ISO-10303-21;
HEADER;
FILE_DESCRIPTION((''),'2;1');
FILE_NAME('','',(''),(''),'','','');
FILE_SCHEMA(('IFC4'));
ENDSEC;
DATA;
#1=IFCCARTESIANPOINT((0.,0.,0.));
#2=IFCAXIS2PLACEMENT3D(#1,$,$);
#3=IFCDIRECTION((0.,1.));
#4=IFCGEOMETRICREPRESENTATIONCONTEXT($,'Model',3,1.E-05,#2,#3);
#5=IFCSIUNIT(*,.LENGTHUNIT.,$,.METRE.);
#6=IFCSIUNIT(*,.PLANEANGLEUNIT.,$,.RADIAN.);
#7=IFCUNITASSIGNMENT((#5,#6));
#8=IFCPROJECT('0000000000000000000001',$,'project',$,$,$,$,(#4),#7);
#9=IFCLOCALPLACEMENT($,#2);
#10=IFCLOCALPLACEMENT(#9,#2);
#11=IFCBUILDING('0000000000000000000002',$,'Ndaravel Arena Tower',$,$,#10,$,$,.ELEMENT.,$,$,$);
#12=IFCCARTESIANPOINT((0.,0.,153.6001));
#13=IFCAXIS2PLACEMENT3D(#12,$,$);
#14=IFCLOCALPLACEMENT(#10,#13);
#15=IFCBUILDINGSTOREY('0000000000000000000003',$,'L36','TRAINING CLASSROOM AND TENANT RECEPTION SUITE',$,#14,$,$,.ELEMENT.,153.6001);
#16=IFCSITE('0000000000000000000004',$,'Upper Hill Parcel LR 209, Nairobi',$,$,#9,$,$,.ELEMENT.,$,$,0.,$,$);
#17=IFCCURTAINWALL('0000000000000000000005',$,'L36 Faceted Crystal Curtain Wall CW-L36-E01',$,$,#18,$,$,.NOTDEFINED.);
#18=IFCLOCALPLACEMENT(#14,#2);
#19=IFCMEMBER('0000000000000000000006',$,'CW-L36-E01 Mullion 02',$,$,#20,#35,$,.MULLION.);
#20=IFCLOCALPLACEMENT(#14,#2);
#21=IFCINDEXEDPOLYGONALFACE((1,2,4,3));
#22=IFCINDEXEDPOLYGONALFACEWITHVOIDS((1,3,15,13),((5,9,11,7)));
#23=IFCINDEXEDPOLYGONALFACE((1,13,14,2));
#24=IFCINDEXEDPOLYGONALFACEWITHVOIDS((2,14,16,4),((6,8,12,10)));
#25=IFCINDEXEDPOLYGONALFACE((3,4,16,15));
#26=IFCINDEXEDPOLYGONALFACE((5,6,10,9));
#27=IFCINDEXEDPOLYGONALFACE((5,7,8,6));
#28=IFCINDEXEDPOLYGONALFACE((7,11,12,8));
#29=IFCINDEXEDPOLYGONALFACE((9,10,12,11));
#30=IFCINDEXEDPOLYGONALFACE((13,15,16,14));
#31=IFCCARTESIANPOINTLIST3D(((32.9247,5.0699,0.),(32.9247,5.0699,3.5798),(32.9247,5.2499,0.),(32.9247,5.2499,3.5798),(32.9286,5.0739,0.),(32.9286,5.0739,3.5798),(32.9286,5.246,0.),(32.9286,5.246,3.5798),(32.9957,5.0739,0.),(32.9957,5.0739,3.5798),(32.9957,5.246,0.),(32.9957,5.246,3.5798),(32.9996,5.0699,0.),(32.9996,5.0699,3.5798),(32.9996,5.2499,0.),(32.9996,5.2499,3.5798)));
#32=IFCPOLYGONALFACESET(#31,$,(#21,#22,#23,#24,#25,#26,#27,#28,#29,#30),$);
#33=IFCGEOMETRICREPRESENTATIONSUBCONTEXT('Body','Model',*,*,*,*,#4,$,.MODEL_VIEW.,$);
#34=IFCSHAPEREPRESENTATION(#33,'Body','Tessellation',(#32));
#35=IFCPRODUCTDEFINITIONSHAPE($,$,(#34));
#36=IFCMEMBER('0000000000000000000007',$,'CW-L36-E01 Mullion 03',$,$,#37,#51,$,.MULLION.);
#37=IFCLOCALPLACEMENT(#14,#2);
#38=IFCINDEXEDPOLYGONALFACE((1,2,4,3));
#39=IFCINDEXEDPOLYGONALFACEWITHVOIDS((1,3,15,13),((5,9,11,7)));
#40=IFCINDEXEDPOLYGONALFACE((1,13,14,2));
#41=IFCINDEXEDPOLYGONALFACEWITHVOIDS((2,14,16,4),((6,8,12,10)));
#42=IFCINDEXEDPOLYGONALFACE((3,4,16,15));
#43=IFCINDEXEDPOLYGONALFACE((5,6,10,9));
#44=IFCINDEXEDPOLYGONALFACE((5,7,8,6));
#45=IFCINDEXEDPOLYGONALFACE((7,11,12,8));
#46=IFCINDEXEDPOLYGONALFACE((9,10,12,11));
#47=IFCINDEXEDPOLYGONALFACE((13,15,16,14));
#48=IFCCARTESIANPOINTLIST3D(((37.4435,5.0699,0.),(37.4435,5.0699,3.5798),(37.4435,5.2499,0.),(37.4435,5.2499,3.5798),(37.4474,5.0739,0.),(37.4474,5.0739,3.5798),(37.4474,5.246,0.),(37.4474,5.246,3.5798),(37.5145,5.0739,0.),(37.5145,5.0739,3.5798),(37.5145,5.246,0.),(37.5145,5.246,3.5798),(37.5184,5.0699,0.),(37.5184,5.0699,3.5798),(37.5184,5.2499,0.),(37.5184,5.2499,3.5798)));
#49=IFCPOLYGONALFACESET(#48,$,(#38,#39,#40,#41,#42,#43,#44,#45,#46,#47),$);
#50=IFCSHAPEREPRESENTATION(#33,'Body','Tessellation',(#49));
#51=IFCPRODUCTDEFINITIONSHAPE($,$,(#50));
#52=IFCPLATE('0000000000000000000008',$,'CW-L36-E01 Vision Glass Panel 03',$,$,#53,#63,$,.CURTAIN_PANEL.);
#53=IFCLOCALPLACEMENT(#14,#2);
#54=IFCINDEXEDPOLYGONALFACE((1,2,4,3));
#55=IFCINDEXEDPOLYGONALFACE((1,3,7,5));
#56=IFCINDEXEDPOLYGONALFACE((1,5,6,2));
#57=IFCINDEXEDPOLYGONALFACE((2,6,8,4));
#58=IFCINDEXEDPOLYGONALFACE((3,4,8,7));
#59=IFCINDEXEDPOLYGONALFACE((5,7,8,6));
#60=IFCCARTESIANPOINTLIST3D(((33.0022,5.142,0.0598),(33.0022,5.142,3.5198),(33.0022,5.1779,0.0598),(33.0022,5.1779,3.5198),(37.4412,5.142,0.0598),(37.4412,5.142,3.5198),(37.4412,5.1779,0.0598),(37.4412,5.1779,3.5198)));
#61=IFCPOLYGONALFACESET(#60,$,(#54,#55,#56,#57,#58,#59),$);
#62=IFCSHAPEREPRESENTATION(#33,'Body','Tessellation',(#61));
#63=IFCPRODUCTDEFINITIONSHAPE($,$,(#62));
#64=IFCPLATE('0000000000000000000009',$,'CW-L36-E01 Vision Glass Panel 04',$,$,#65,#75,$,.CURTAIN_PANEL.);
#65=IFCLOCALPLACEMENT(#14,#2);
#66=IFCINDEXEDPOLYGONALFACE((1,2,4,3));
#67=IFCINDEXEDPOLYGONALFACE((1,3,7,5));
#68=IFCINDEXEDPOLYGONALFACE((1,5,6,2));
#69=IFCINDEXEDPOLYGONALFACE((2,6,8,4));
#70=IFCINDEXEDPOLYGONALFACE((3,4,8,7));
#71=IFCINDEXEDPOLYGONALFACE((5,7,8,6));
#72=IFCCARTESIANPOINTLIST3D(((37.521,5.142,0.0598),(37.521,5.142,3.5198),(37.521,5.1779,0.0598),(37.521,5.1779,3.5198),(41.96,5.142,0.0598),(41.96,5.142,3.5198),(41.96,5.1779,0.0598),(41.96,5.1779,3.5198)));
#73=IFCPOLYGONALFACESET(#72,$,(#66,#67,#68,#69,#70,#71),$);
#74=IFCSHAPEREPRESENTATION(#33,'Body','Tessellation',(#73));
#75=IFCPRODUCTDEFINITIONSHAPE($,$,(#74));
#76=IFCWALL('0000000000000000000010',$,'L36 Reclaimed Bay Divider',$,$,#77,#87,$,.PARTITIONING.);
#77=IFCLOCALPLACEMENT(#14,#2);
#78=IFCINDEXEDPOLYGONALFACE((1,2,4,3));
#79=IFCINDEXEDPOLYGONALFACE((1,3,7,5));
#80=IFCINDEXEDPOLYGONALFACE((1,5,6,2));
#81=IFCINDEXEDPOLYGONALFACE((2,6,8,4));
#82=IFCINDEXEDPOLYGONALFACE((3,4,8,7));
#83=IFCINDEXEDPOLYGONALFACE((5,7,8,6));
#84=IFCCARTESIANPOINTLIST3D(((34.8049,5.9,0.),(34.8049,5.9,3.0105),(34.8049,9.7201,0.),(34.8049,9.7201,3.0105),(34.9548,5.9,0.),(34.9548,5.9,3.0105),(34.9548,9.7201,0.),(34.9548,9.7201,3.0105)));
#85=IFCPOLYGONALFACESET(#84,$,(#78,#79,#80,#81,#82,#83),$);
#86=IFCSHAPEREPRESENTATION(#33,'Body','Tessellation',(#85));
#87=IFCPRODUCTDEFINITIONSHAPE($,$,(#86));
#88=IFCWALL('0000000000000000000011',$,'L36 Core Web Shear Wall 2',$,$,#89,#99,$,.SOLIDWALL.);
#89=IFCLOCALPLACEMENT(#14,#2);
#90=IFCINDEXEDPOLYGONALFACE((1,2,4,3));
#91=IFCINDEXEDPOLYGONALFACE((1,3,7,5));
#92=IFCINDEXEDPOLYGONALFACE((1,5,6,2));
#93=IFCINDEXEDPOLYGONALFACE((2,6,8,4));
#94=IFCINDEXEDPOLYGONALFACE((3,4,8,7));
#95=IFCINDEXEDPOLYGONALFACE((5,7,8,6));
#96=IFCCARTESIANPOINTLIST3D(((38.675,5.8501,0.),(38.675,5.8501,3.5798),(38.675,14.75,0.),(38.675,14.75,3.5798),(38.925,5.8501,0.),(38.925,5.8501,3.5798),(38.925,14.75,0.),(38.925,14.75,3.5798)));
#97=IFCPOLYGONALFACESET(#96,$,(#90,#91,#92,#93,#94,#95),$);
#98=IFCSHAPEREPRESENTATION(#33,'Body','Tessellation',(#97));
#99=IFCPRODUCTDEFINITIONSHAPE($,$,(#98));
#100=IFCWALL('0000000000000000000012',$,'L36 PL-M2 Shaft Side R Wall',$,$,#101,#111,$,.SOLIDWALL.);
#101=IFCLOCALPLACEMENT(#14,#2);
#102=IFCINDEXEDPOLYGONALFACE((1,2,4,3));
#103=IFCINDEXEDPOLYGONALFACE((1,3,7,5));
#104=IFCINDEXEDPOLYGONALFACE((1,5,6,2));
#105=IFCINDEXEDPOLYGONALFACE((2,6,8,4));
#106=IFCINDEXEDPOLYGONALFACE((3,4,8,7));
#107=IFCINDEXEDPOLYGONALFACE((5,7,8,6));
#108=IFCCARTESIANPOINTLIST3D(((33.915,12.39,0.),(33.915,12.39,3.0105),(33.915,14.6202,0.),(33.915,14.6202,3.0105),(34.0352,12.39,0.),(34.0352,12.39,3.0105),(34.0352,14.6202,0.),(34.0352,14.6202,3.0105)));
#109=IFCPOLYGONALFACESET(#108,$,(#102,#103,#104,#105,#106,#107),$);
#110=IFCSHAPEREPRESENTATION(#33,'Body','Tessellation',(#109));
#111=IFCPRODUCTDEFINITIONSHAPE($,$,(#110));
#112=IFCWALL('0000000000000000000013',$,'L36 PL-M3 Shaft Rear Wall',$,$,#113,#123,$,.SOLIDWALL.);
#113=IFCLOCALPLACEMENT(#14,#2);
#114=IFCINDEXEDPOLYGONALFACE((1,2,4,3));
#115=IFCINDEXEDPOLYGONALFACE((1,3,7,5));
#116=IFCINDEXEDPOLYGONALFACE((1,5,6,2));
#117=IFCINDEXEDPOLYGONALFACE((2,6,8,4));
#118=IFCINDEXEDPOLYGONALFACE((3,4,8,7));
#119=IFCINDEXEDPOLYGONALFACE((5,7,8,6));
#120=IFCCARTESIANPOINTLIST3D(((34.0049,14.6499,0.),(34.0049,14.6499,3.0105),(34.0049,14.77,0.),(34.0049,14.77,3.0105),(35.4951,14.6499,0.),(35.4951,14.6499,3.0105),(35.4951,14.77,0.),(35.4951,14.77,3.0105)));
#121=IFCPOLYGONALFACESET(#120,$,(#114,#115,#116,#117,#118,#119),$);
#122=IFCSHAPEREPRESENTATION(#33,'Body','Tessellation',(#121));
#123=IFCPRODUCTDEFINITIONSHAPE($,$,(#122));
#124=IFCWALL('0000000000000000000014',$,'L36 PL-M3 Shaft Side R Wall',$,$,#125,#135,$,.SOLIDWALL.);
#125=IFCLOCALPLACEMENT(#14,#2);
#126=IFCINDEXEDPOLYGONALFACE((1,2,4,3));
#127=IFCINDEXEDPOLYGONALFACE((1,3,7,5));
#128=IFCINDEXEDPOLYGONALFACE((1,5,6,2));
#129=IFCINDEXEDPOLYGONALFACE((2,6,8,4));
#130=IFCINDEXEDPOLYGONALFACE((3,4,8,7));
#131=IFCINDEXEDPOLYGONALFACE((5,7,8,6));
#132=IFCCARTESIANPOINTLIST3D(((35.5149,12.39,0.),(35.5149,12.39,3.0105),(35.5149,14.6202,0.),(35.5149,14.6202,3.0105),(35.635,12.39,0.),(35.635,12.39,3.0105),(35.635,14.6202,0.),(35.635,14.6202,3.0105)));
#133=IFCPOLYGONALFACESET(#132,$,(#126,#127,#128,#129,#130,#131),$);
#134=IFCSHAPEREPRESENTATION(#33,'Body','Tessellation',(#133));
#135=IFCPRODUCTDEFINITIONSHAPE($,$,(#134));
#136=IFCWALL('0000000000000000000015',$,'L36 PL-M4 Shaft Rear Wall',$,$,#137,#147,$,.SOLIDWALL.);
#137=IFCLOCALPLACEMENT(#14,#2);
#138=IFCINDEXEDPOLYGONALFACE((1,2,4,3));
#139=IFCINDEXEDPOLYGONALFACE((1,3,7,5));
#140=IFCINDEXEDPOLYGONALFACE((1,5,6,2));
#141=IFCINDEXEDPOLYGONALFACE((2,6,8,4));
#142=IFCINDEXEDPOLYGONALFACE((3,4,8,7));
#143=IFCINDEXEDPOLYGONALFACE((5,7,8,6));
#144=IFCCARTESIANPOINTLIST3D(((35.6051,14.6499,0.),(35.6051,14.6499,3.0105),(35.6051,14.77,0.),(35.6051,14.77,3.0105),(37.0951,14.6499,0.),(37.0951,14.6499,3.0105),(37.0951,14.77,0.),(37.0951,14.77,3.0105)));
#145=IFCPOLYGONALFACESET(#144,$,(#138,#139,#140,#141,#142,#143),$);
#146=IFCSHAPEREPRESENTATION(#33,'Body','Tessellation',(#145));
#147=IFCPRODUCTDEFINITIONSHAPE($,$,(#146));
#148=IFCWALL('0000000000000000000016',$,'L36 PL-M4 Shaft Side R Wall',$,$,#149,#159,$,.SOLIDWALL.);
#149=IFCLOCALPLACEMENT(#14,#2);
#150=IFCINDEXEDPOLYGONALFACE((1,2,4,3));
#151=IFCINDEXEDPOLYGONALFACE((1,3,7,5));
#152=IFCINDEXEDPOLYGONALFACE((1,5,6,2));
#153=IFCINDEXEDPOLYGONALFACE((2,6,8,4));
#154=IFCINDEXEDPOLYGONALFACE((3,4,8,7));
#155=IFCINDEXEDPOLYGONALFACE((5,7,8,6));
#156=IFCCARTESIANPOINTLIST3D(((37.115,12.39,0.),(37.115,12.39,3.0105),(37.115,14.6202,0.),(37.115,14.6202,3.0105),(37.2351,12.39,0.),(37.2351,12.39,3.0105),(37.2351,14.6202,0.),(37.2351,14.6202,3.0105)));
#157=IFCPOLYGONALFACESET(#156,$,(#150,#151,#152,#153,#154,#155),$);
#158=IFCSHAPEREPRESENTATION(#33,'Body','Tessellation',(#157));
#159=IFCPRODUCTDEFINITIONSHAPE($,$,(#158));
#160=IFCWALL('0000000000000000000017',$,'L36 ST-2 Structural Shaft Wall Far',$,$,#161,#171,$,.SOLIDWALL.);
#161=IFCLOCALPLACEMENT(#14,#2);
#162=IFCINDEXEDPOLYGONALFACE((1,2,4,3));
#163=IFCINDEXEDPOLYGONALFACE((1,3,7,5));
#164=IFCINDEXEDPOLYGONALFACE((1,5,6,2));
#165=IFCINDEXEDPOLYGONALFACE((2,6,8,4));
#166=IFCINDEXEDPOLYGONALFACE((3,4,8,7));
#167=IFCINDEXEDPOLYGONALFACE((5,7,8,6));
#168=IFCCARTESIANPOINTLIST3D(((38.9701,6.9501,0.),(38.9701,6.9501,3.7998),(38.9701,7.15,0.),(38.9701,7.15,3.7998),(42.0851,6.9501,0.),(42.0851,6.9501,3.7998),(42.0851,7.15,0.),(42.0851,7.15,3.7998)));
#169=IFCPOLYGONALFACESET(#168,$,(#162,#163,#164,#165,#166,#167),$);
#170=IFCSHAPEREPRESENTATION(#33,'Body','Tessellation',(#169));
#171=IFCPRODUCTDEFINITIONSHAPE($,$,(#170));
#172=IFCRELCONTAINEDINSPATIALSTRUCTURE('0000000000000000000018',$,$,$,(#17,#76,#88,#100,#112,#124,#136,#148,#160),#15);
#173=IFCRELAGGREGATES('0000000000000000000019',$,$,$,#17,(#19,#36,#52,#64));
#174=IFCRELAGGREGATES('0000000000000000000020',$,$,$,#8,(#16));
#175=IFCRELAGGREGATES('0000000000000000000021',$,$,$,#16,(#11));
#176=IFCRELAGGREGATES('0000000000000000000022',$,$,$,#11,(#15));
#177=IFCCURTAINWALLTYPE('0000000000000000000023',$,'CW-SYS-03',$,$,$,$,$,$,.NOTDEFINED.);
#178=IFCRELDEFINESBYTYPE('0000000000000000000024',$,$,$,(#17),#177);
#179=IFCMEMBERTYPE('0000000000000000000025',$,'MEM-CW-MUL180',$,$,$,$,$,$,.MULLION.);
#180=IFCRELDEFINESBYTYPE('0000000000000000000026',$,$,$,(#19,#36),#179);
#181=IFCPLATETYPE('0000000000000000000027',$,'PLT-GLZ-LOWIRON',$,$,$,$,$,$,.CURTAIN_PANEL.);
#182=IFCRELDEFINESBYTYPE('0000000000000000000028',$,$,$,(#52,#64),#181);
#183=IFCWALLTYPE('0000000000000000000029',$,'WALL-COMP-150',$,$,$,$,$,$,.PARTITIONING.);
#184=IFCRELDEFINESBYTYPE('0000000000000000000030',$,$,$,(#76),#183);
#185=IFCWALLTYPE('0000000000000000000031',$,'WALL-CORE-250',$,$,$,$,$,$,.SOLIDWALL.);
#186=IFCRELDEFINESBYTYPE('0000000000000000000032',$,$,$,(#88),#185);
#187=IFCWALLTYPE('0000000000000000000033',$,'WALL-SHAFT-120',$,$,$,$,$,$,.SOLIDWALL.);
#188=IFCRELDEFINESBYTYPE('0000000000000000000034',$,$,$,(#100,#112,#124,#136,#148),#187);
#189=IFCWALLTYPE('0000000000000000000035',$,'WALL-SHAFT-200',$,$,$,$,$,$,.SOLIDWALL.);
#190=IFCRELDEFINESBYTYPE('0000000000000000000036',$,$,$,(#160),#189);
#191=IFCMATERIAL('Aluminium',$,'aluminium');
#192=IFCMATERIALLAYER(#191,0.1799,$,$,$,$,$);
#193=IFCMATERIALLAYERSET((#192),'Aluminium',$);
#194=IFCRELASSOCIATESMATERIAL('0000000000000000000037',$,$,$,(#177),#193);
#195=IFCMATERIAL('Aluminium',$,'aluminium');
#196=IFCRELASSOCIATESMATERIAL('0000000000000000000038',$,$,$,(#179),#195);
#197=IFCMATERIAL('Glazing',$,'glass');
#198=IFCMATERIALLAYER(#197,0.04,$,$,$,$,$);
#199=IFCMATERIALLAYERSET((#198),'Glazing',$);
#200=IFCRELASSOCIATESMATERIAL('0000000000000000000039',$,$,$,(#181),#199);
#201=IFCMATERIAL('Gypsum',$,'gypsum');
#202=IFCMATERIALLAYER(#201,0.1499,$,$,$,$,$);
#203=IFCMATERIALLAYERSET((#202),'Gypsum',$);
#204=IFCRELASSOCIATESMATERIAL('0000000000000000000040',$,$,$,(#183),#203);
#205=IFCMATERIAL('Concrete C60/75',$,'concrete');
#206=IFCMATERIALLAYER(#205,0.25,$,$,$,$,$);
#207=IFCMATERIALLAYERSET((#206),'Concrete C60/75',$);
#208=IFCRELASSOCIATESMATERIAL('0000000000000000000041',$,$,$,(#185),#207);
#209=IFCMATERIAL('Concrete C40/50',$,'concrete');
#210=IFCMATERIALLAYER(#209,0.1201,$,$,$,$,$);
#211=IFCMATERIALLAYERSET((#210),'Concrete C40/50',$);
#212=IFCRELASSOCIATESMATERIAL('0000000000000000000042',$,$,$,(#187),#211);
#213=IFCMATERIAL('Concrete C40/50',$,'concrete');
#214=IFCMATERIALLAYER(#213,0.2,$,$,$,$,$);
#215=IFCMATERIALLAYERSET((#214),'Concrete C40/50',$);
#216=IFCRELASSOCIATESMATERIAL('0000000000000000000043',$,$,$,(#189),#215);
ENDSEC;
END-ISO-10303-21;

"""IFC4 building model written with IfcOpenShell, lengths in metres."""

from ifc_helpers import new_model, si_unit, direction, frame, frame_2d, origin, origin_2d, place, context, subcontext, project, spatial, rectangle, hollow_rectangle, extrude, material, layer, layer_set, material_profile, profile_set, type_object, element, aggregate, save


model = new_model("IFC4")

# Units and contexts
model_context = context("Model", 3, precision=1e-05, world=origin(), true_north=direction((0.0, 1.0)))
body_context = subcontext(model_context, "Body", "Model", "MODEL_VIEW")
ifc_project = project(units=[si_unit("LENGTHUNIT", "METRE"), si_unit("PLANEANGLEUNIT", "RADIAN")], contexts=[model_context])

# Site, building, storey
site_placement = place(None, origin())
site = spatial("IfcSite", under=ifc_project, at=site_placement, Name="Upper Hill Parcel LR 209, Nairobi", CompositionType="ELEMENT", RefElevation=0.0)
building_placement = place(site_placement, origin())
building = spatial("IfcBuilding", under=site, at=building_placement, Name="Ndaravel Arena Tower", CompositionType="ELEMENT")
storey_placement = place(building_placement, frame((0.0, 0.0, 153.6001)))
storey = spatial("IfcBuildingStorey", under=building, at=storey_placement, Name="L36", Description="TRAINING CLASSROOM AND TENANT RECEPTION SUITE", CompositionType="ELEMENT", Elevation=153.6001)

# Curtain wall, members, plates
ifc_material_1 = material(Name="Aluminium", Category="aluminium")
ifc_layer_1 = layer(ifc_material_1, 0.1799)
ifc_layer_set_1 = layer_set([ifc_layer_1], Name="Aluminium")
curtain_wall_type = type_object("IfcCurtainWallType", Name="CW-SYS-03", PredefinedType="NOTDEFINED", material=ifc_layer_set_1)
curtain_wall_placement = place(storey_placement, origin())
curtain_wall = element("IfcCurtainWall", 1, at=curtain_wall_placement, inside=storey, type_object=curtain_wall_type, Name="L36 Faceted Crystal Curtain Wall CW-L36-E01", PredefinedType="NOTDEFINED")
ifc_material_2 = material(Name="Aluminium", Category="aluminium")
ifc_material_profile = material_profile(ifc_material_2, hollow_rectangle(XDim=0.075, YDim=0.1799, WallThickness=0.0039, at=origin_2d()), Name="CW MULLION 75x180x4")
ifc_profile_set = profile_set([ifc_material_profile], Name="Aluminium")
member_type = type_object("IfcMemberType", Name="MEM-CW-MUL180", PredefinedType="MULLION", material=ifc_profile_set)
member_1_placement = place(storey_placement, frame((32.9622, 5.1599, 0.0), z_axis=(0.0, 0.0, 1.0), x_axis=(1.0, 0.0, 0.0)))
member_1 = element("IfcMember", 2, at=member_1_placement, type_object=member_type, Name="CW-L36-E01 Mullion 02", PredefinedType="MULLION", context=body_context, shape_type="SweptSolid", body=[
    extrude(hollow_rectangle(XDim=0.075, YDim=0.1799, WallThickness=0.0039, at=origin_2d()), origin(), (0.0, 0.0, 1.0), 3.5798),
])
member_2_placement = place(storey_placement, frame((37.481, 5.1599, 0.0), z_axis=(0.0, 0.0, 1.0), x_axis=(1.0, 0.0, 0.0)))
member_2 = element("IfcMember", 3, at=member_2_placement, type_object=member_type, Name="CW-L36-E01 Mullion 03", PredefinedType="MULLION", context=body_context, shape_type="SweptSolid", body=[
    extrude(hollow_rectangle(XDim=0.075, YDim=0.1799, WallThickness=0.0039, at=origin_2d()), origin(), (0.0, 0.0, 1.0), 3.5798),
])
ifc_material_3 = material(Name="Glazing", Category="glass")
ifc_layer_2 = layer(ifc_material_3, 0.04)
ifc_layer_set_2 = layer_set([ifc_layer_2], Name="Glazing")
plate_type = type_object("IfcPlateType", Name="PLT-GLZ-LOWIRON", PredefinedType="CURTAIN_PANEL", material=ifc_layer_set_2)
plate_1_placement = place(storey_placement, frame((35.2217, 5.1599, 0.0598), z_axis=(0.0, 0.0, 1.0), x_axis=(1.0, 0.0, 0.0)))
plate_1 = element("IfcPlate", 4, at=plate_1_placement, type_object=plate_type, Name="CW-L36-E01 Vision Glass Panel 03", PredefinedType="CURTAIN_PANEL", context=body_context, shape_type="SweptSolid", body=[
    extrude(rectangle(XDim=4.439, YDim=0.0359, at=origin_2d()), origin(), (0.0, 0.0, 1.0), 3.46),
])
plate_2_placement = place(storey_placement, frame((39.7405, 5.1599, 0.0598), z_axis=(0.0, 0.0, 1.0), x_axis=(1.0, 0.0, 0.0)))
plate_2 = element("IfcPlate", 5, at=plate_2_placement, type_object=plate_type, Name="CW-L36-E01 Vision Glass Panel 04", PredefinedType="CURTAIN_PANEL", context=body_context, shape_type="SweptSolid", body=[
    extrude(rectangle(XDim=4.439, YDim=0.0359, at=origin_2d()), origin(), (0.0, 0.0, 1.0), 3.46),
])
aggregate(curtain_wall, [member_1, member_2, plate_1, plate_2])

# Walls
ifc_material_4 = material(Name="Gypsum", Category="gypsum")
ifc_layer_3 = layer(ifc_material_4, 0.1499)
ifc_layer_set_3 = layer_set([ifc_layer_3], Name="Gypsum")
wall_type_1 = type_object("IfcWallType", Name="WALL-COMP-150", PredefinedType="PARTITIONING", material=ifc_layer_set_3)
wall_1_placement = place(storey_placement, frame((34.8799, 5.8999, 0.0), z_axis=(0.0, 0.0, 1.0), x_axis=(0.0, 1.0, 0.0)))
element("IfcWall", 6, at=wall_1_placement, inside=storey, type_object=wall_type_1, Name="L36 Reclaimed Bay Divider", PredefinedType="PARTITIONING", context=body_context, shape_type="SweptSolid", body=[
    extrude(rectangle(XDim=3.8201, YDim=0.1499, at=frame_2d((1.9102, 0.0))), origin(), (0.0, 0.0, 1.0), 3.0105),
])
ifc_material_5 = material(Name="Concrete C60/75", Category="concrete")
ifc_layer_4 = layer(ifc_material_5, 0.25)
ifc_layer_set_4 = layer_set([ifc_layer_4], Name="Concrete C60/75")
wall_type_2 = type_object("IfcWallType", Name="WALL-CORE-250", PredefinedType="SOLIDWALL", material=ifc_layer_set_4)
wall_2_placement = place(storey_placement, frame((38.8, 5.8501, 0.0), z_axis=(0.0, 0.0, 1.0), x_axis=(0.0, 1.0, 0.0)))
element("IfcWall", 7, at=wall_2_placement, inside=storey, type_object=wall_type_2, Name="L36 Core Web Shear Wall 2", PredefinedType="SOLIDWALL", context=body_context, shape_type="SweptSolid", body=[
    extrude(rectangle(XDim=8.8999, YDim=0.25, at=frame_2d((4.45, 0.0))), origin(), (0.0, 0.0, 1.0), 3.5798),
])
ifc_material_6 = material(Name="Concrete C40/50", Category="concrete")
ifc_layer_5 = layer(ifc_material_6, 0.1201)
ifc_layer_set_5 = layer_set([ifc_layer_5], Name="Concrete C40/50")
wall_type_3 = type_object("IfcWallType", Name="WALL-SHAFT-120", PredefinedType="SOLIDWALL", material=ifc_layer_set_5)
wall_3_placement = place(storey_placement, frame((33.9751, 12.3899, 0.0), z_axis=(0.0, 0.0, 1.0), x_axis=(0.0, 1.0, 0.0)))
element("IfcWall", 8, at=wall_3_placement, inside=storey, type_object=wall_type_3, Name="L36 PL-M2 Shaft Side R Wall", PredefinedType="SOLIDWALL", context=body_context, shape_type="SweptSolid", body=[
    extrude(rectangle(XDim=2.2302, YDim=0.1201, at=frame_2d((1.1152, 0.0))), origin(), (0.0, 0.0, 1.0), 3.0105),
])
wall_4_placement = place(storey_placement, frame((34.0049, 14.71, 0.0), z_axis=(0.0, 0.0, 1.0), x_axis=(1.0, 0.0, 0.0)))
element("IfcWall", 9, at=wall_4_placement, inside=storey, type_object=wall_type_3, Name="L36 PL-M3 Shaft Rear Wall", PredefinedType="SOLIDWALL", context=body_context, shape_type="SweptSolid", body=[
    extrude(rectangle(XDim=1.4902, YDim=0.1201, at=frame_2d((0.7451, 0.0))), origin(), (0.0, 0.0, 1.0), 3.0105),
])
wall_5_placement = place(storey_placement, frame((35.575, 12.3899, 0.0), z_axis=(0.0, 0.0, 1.0), x_axis=(0.0, 1.0, 0.0)))
element("IfcWall", 10, at=wall_5_placement, inside=storey, type_object=wall_type_3, Name="L36 PL-M3 Shaft Side R Wall", PredefinedType="SOLIDWALL", context=body_context, shape_type="SweptSolid", body=[
    extrude(rectangle(XDim=2.2302, YDim=0.1201, at=frame_2d((1.1152, 0.0))), origin(), (0.0, 0.0, 1.0), 3.0105),
])
wall_6_placement = place(storey_placement, frame((35.605, 14.71, 0.0), z_axis=(0.0, 0.0, 1.0), x_axis=(1.0, 0.0, 0.0)))
element("IfcWall", 11, at=wall_6_placement, inside=storey, type_object=wall_type_3, Name="L36 PL-M4 Shaft Rear Wall", PredefinedType="SOLIDWALL", context=body_context, shape_type="SweptSolid", body=[
    extrude(rectangle(XDim=1.49, YDim=0.1201, at=frame_2d((0.7451, 0.0))), origin(), (0.0, 0.0, 1.0), 3.0105),
])
wall_7_placement = place(storey_placement, frame((37.175, 12.3899, 0.0), z_axis=(0.0, 0.0, 1.0), x_axis=(0.0, 1.0, 0.0)))
element("IfcWall", 12, at=wall_7_placement, inside=storey, type_object=wall_type_3, Name="L36 PL-M4 Shaft Side R Wall", PredefinedType="SOLIDWALL", context=body_context, shape_type="SweptSolid", body=[
    extrude(rectangle(XDim=2.2302, YDim=0.1201, at=frame_2d((1.1152, 0.0))), origin(), (0.0, 0.0, 1.0), 3.0105),
])
ifc_material_7 = material(Name="Concrete C40/50", Category="concrete")
ifc_layer_6 = layer(ifc_material_7, 0.2)
ifc_layer_set_6 = layer_set([ifc_layer_6], Name="Concrete C40/50")
wall_type_4 = type_object("IfcWallType", Name="WALL-SHAFT-200", PredefinedType="SOLIDWALL", material=ifc_layer_set_6)
wall_8_placement = place(storey_placement, frame((38.97, 7.05, 0.0), z_axis=(0.0, 0.0, 1.0), x_axis=(1.0, 0.0, 0.0)))
element("IfcWall", 13, at=wall_8_placement, inside=storey, type_object=wall_type_4, Name="L36 ST-2 Structural Shaft Wall Far", PredefinedType="SOLIDWALL", context=body_context, shape_type="SweptSolid", body=[
    extrude(rectangle(XDim=3.115, YDim=0.2, at=frame_2d((1.5576, 0.0))), origin(), (0.0, 0.0, 1.0), 3.7998),
])

save(model, "model.ifc")
